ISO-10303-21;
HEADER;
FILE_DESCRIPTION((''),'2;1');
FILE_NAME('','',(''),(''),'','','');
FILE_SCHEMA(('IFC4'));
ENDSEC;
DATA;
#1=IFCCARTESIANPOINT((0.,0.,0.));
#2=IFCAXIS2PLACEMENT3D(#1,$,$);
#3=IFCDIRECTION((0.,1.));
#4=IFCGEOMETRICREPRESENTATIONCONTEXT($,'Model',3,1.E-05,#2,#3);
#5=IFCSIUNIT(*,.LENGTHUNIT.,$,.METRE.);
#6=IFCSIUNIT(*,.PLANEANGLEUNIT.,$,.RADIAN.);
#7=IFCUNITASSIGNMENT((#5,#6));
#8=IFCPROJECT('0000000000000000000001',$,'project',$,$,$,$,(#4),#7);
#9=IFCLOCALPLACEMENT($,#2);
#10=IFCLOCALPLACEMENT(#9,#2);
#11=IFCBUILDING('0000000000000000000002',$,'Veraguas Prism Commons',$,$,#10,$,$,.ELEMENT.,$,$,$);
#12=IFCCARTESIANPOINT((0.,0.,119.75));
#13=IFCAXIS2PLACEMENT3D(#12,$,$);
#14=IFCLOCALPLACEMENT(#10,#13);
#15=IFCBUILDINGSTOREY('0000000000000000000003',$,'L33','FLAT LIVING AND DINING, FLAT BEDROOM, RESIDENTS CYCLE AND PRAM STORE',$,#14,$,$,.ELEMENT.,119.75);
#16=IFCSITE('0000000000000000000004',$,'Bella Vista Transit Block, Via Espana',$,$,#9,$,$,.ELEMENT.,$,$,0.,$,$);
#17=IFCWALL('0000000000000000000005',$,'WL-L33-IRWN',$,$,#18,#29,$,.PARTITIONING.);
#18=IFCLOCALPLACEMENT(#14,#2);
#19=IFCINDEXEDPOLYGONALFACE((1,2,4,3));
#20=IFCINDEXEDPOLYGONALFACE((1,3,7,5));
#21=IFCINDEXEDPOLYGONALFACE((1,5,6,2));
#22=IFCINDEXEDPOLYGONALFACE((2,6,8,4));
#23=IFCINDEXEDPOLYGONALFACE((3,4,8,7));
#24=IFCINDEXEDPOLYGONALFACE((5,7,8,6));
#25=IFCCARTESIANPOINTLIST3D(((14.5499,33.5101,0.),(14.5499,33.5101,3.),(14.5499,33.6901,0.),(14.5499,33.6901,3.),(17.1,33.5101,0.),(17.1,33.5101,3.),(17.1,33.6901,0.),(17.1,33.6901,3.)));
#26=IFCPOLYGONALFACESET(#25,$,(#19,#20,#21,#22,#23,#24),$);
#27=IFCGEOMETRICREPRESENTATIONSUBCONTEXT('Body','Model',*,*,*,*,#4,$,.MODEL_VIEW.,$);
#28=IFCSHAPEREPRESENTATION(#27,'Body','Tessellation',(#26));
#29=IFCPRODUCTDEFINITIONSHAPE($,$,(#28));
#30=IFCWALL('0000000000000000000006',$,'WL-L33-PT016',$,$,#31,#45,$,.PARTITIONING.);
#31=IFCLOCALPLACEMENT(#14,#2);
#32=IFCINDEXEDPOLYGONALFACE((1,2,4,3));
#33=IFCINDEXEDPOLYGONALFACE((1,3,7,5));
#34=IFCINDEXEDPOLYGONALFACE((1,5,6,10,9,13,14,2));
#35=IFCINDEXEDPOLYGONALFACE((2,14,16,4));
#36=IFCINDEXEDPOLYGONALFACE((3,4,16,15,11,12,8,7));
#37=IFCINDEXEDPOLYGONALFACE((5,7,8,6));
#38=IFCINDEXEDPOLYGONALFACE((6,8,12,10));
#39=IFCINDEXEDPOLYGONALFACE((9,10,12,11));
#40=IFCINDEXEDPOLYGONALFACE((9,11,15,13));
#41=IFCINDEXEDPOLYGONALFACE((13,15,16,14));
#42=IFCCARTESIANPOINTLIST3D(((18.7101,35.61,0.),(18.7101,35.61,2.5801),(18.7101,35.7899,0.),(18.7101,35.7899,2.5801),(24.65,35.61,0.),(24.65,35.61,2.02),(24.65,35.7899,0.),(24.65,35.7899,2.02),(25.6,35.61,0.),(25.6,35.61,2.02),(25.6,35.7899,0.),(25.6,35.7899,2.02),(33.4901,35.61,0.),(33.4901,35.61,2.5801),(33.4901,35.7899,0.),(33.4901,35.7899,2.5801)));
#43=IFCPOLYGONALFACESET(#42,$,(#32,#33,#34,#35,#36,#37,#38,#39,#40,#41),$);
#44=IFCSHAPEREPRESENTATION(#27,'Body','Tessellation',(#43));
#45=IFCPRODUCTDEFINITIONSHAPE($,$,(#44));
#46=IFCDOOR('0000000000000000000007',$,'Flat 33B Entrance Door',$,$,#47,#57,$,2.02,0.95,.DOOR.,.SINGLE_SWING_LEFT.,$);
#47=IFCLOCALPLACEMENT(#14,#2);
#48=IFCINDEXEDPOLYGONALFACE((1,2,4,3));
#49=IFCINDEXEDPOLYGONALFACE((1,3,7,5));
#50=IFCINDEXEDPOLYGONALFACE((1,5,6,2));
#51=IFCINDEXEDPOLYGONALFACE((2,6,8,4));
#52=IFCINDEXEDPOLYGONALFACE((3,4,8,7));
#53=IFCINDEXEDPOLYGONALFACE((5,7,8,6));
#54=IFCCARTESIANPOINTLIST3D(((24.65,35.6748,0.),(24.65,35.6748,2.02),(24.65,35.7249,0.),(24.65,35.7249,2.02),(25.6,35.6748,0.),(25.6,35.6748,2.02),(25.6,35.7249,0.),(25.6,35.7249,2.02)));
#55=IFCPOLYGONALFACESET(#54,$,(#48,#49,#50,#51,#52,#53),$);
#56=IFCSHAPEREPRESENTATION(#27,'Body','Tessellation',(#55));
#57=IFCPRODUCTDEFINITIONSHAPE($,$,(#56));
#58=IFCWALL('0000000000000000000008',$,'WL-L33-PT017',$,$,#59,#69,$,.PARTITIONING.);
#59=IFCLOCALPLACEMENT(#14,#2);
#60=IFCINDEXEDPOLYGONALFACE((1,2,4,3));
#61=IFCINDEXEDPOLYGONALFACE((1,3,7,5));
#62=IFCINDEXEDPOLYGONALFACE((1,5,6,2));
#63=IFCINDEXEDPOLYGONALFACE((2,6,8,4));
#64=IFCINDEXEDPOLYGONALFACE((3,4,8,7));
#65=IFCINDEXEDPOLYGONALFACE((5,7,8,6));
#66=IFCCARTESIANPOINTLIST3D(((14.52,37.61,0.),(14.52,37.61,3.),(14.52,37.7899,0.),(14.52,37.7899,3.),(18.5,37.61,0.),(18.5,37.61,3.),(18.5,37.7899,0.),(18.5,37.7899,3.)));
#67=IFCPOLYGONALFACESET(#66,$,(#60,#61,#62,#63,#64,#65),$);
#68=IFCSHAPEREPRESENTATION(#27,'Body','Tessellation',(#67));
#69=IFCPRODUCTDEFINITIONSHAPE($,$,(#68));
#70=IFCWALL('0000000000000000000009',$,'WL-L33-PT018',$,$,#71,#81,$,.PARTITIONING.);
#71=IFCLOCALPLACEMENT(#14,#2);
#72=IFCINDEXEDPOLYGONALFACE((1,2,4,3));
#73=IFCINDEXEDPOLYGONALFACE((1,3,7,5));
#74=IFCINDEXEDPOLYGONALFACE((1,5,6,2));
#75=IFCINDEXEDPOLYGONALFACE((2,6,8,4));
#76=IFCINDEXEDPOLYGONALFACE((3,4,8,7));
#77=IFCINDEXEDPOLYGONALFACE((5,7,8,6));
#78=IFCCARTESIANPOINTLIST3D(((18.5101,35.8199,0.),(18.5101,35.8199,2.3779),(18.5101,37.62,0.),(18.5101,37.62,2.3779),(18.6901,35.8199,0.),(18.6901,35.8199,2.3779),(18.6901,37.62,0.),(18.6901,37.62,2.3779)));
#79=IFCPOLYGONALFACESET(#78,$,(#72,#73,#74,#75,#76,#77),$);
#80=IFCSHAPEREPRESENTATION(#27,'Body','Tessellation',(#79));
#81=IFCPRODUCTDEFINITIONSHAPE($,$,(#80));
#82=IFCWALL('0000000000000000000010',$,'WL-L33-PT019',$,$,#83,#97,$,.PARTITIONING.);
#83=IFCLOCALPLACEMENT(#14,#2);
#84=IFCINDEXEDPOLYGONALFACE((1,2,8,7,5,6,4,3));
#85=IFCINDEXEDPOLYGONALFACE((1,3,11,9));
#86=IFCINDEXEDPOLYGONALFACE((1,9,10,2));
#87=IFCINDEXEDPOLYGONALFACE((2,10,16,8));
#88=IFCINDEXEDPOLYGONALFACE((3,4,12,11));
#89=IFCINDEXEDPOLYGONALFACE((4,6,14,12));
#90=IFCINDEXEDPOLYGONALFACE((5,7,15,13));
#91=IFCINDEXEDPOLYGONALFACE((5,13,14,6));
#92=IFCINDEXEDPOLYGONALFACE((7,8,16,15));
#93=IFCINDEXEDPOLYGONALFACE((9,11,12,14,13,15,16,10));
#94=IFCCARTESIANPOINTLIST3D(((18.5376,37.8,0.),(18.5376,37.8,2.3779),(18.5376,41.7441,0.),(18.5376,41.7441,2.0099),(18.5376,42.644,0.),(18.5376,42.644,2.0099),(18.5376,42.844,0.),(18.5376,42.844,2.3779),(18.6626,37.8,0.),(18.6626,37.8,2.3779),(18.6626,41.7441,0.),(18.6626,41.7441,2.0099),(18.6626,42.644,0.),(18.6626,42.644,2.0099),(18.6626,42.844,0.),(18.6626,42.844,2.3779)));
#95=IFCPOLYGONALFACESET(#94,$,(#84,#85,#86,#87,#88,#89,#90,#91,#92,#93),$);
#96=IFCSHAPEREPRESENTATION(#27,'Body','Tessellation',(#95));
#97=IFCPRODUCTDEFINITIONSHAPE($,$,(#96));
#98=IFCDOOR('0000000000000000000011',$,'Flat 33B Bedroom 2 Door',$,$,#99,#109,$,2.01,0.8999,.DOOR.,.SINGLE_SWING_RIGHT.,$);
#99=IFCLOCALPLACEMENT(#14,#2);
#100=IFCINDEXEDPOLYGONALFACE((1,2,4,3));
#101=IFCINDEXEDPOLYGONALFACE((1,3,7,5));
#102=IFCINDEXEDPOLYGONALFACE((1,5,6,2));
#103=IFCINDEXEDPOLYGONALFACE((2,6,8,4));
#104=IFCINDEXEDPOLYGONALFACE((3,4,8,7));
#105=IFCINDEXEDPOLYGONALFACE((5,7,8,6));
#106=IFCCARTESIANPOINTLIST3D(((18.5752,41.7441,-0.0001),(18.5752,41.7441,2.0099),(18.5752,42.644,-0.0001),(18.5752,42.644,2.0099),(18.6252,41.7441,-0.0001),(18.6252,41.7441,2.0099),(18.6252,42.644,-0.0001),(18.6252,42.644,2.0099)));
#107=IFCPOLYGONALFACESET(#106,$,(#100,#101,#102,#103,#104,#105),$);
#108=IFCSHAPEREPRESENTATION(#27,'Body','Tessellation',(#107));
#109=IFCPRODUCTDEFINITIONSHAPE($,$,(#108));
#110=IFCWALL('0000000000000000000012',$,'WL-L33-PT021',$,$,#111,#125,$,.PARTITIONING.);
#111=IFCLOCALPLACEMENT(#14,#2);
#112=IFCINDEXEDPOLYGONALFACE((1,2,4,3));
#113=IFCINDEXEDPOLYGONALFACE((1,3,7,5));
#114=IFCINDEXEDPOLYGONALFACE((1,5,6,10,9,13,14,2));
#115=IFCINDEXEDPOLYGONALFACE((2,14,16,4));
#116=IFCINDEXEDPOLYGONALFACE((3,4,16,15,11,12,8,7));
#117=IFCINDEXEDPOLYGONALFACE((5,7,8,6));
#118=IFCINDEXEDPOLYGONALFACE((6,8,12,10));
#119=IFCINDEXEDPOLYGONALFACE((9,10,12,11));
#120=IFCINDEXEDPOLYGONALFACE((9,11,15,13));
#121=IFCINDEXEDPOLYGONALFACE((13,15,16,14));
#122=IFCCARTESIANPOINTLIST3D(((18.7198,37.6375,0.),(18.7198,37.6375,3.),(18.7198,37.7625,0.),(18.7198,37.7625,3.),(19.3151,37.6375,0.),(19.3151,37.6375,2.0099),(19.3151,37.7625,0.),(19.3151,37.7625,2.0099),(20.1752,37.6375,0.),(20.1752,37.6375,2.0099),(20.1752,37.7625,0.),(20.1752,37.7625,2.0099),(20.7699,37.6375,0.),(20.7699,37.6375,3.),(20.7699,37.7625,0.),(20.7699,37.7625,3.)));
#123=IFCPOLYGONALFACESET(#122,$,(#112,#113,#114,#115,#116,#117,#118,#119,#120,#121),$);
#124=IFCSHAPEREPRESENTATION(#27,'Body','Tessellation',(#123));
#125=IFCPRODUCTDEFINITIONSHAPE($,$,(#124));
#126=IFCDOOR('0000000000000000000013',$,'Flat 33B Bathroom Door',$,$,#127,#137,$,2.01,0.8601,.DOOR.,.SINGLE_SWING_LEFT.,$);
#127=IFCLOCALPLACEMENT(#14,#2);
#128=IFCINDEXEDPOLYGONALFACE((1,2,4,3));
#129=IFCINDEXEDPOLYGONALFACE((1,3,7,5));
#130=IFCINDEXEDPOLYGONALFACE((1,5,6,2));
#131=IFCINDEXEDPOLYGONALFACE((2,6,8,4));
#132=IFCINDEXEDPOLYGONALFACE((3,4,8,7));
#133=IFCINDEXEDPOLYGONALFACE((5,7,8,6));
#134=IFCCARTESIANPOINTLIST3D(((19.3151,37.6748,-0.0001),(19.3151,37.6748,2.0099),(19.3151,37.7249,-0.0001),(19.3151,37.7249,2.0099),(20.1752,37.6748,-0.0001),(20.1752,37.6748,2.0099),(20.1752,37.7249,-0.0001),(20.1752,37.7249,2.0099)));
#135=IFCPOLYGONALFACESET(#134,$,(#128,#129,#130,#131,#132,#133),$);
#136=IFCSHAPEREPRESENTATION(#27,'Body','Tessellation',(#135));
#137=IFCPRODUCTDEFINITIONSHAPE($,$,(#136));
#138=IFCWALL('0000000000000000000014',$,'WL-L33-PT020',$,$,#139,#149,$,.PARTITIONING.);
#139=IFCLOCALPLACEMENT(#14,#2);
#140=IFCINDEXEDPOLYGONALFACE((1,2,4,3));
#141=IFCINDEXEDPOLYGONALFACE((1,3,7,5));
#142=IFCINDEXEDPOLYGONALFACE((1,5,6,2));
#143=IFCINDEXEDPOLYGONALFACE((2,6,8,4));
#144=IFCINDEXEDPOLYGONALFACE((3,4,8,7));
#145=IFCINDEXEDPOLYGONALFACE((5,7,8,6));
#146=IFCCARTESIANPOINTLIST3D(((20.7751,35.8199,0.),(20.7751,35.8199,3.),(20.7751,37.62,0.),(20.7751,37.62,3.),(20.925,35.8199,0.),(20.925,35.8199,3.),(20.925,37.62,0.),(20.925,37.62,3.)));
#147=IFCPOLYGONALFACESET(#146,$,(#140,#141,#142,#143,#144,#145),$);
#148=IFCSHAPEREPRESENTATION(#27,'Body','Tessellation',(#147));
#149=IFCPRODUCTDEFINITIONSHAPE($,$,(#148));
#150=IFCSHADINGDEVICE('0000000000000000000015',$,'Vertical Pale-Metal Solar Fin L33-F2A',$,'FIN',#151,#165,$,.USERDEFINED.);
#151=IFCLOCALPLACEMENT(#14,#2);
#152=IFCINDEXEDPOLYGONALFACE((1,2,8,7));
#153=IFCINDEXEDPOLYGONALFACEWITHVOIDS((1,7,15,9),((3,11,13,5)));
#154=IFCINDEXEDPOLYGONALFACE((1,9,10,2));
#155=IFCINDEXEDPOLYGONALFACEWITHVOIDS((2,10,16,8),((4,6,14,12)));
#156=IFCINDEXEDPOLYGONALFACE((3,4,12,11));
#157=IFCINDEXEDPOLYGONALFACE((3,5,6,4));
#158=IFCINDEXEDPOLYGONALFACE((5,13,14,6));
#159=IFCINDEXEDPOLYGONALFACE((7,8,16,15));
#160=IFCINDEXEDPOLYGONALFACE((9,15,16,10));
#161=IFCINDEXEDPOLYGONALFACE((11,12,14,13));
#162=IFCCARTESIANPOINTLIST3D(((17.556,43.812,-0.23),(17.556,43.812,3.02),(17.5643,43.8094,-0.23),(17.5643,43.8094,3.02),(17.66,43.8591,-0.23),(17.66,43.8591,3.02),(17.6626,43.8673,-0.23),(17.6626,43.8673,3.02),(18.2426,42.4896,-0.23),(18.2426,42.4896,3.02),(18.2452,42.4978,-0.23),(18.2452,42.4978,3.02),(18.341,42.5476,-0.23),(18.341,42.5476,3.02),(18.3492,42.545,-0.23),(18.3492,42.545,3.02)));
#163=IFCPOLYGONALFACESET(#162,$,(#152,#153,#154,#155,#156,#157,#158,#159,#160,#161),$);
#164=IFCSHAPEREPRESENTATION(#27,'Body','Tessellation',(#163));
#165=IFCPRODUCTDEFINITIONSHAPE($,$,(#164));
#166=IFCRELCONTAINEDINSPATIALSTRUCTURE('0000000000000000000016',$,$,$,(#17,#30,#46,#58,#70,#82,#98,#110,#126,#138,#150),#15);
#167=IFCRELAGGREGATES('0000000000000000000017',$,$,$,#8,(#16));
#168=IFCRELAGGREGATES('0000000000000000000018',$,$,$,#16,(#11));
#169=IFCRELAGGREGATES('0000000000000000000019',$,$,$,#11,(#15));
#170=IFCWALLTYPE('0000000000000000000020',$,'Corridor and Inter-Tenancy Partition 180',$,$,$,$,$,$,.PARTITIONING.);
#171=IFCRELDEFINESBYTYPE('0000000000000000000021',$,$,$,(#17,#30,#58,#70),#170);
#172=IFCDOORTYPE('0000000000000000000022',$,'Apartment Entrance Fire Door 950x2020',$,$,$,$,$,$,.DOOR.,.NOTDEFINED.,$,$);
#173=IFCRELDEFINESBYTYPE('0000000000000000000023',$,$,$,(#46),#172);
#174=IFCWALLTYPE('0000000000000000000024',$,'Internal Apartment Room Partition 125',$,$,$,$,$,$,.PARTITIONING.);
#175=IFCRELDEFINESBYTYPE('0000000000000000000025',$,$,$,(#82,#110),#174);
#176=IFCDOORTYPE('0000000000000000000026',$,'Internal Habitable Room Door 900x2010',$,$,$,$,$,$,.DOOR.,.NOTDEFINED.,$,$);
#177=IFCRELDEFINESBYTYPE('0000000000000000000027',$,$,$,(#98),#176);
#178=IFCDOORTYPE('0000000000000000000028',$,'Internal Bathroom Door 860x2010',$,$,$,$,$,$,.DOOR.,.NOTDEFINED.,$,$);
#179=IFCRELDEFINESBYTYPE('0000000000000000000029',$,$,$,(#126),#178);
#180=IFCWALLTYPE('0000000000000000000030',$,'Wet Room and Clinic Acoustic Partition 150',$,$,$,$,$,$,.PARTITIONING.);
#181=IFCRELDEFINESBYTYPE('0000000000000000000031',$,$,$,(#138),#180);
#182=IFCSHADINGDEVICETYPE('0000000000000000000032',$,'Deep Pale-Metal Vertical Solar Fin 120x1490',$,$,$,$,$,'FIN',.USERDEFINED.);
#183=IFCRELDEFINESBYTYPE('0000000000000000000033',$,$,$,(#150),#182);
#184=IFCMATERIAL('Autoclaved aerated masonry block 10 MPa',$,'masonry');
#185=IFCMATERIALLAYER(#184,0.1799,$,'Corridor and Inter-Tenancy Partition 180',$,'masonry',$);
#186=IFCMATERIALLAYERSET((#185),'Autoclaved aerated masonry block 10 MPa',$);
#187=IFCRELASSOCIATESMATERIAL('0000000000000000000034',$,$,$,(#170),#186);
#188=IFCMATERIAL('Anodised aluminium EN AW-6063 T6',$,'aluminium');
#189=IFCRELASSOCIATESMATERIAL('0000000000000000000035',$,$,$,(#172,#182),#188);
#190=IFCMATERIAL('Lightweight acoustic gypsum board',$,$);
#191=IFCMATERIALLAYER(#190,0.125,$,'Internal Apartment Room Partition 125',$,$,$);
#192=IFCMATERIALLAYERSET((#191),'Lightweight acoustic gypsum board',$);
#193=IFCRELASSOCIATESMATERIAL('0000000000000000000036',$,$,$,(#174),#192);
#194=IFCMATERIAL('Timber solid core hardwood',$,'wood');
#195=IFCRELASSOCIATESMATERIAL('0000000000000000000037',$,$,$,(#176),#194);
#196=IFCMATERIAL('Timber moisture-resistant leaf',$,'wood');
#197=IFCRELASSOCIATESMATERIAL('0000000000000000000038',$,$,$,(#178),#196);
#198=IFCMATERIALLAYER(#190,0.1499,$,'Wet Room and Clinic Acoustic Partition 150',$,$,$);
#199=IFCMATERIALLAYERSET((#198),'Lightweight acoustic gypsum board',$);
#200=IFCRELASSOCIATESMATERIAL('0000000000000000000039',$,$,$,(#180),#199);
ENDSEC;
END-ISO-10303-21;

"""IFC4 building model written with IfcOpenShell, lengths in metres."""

from ifc_helpers import new_model, si_unit, direction, frame, frame_2d, origin, origin_2d, place, context, subcontext, project, spatial, rectangle, hollow_rectangle, extrude, source, transform, mapped, material, layer, layer_set, material_profile, profile_set, type_object, element, fill, save


model = new_model("IFC4")

# Units and contexts
model_context = context("Model", 3, precision=1e-05, world=origin(), true_north=direction((0.0, 1.0)))
body_context = subcontext(model_context, "Body", "Model", "MODEL_VIEW")
ifc_project = project(units=[si_unit("LENGTHUNIT", "METRE"), si_unit("PLANEANGLEUNIT", "RADIAN")], contexts=[model_context])

# Site, building, storey
site_placement = place(None, origin())
site = spatial("IfcSite", under=ifc_project, at=site_placement, Name="Bella Vista Transit Block, Via Espana", CompositionType="ELEMENT", RefElevation=0.0)
building_placement = place(site_placement, origin())
building = spatial("IfcBuilding", under=site, at=building_placement, Name="Veraguas Prism Commons", CompositionType="ELEMENT")
storey_placement = place(building_placement, frame((0.0, 0.0, 119.75)))
storey = spatial("IfcBuildingStorey", under=building, at=storey_placement, Name="L33", Description="FLAT LIVING AND DINING, FLAT BEDROOM, RESIDENTS CYCLE AND PRAM STORE", CompositionType="ELEMENT", Elevation=119.75)

# Shared definitions
ifc_material_1 = material(Name="Anodised aluminium EN AW-6063 T6", Category="aluminium")

# Wall
ifc_material_2 = material(Name="Autoclaved aerated masonry block 10 MPa", Category="masonry")
ifc_layer_1 = layer(ifc_material_2, 0.1799, Name="Corridor and Inter-Tenancy Partition 180", Category="masonry")
ifc_layer_set_1 = layer_set([ifc_layer_1], Name="Autoclaved aerated masonry block 10 MPa")
wall_type_1 = type_object("IfcWallType", Name="Corridor and Inter-Tenancy Partition 180", PredefinedType="PARTITIONING", material=ifc_layer_set_1)
wall_1_placement = place(storey_placement, frame((14.55, 33.6001, 0.0), z_axis=(0.0, 0.0, 1.0), x_axis=(1.0, 0.0, 0.0)))
element("IfcWall", 1, at=wall_1_placement, inside=storey, type_object=wall_type_1, Name="WL-L33-IRWN", PredefinedType="PARTITIONING", context=body_context, shape_type="SweptSolid", body=[
    extrude(rectangle(XDim=2.55, YDim=0.1799, at=frame_2d((1.2749, 0.0))), origin(), (0.0, 0.0, 1.0), 3.0),
])

# Wall, opening, door
wall_2_placement = place(storey_placement, frame((18.71, 35.7, 0.0), z_axis=(0.0, 0.0, 1.0), x_axis=(1.0, 0.0, 0.0)))
wall_2 = element("IfcWall", 2, at=wall_2_placement, inside=storey, type_object=wall_type_1, Name="WL-L33-PT016", PredefinedType="PARTITIONING", context=body_context, shape_type="SweptSolid", body=[
    extrude(rectangle(XDim=14.78, YDim=0.1799, at=frame_2d((7.3901, 0.0))), origin(), (0.0, 0.0, 1.0), 2.5801),
])
opening_1_placement = place(wall_2_placement, frame((5.9399, 0.0, 0.0)))
opening_1 = element("IfcOpeningElement", 3, at=opening_1_placement, cuts=wall_2, PredefinedType="OPENING", context=body_context, shape_type="SweptSolid", body=[
    extrude(rectangle(XDim=0.95, YDim=2.02, at=frame_2d((0.4751, 1.01))), frame((0.0, 0.0999, 0.0), z_axis=(0.0, -1.0, 0.0), x_axis=(1.0, 0.0, 0.0)), (0.0, 0.0, 1.0), 0.2),
])
door_type_1 = type_object("IfcDoorType", Name="Apartment Entrance Fire Door 950x2020", OperationType="NOTDEFINED", PredefinedType="DOOR", material=ifc_material_1)
shared_shape_1 = source(origin(), body_context, "Body", "SweptSolid", [
    extrude(rectangle(XDim=0.95, YDim=2.02, at=frame_2d((0.4751, 1.01))), frame((0.0, 0.0249, 0.0), z_axis=(0.0, -1.0, 0.0), x_axis=(1.0, 0.0, 0.0)), (0.0, 0.0, 1.0), 0.05),
])
door_1_placement = place(opening_1_placement, origin())
door_1 = element("IfcDoor", 4, at=door_1_placement, inside=storey, type_object=door_type_1, Name="Flat 33B Entrance Door", OperationType="SINGLE_SWING_LEFT", OverallHeight=2.02, OverallWidth=0.95, PredefinedType="DOOR", context=body_context, shape_type="MappedRepresentation", body=[
    mapped(shared_shape_1, transform((0.0, 0.0, 0.0), scale=1.0)),
])
fill(opening_1, door_1)

# Walls
wall_3_placement = place(storey_placement, frame((14.52, 37.7, 0.0), z_axis=(0.0, 0.0, 1.0), x_axis=(1.0, 0.0, 0.0)))
element("IfcWall", 5, at=wall_3_placement, inside=storey, type_object=wall_type_1, Name="WL-L33-PT017", PredefinedType="PARTITIONING", context=body_context, shape_type="SweptSolid", body=[
    extrude(rectangle(XDim=3.98, YDim=0.1799, at=frame_2d((1.99, 0.0))), origin(), (0.0, 0.0, 1.0), 3.0),
])
wall_4_placement = place(storey_placement, frame((18.6001, 35.8201, 0.0), z_axis=(0.0, 0.0, 1.0), x_axis=(0.0, 1.0, 0.0)))
element("IfcWall", 6, at=wall_4_placement, inside=storey, type_object=wall_type_1, Name="WL-L33-PT018", PredefinedType="PARTITIONING", context=body_context, shape_type="SweptSolid", body=[
    extrude(rectangle(XDim=1.8, YDim=0.1799, at=frame_2d((0.8999, 0.0))), origin(), (0.0, 0.0, 1.0), 2.3779),
])

# Walls, openings, doors
ifc_material_3 = material(Name="Lightweight acoustic gypsum board")
ifc_layer_2 = layer(ifc_material_3, 0.125, Name="Internal Apartment Room Partition 125")
ifc_layer_set_2 = layer_set([ifc_layer_2], Name="Lightweight acoustic gypsum board")
wall_type_2 = type_object("IfcWallType", Name="Internal Apartment Room Partition 125", PredefinedType="PARTITIONING", material=ifc_layer_set_2)
wall_5_placement = place(storey_placement, frame((18.6001, 37.8, 0.0), z_axis=(0.0, 0.0, 1.0), x_axis=(0.0, 1.0, 0.0)))
wall_5 = element("IfcWall", 7, at=wall_5_placement, inside=storey, type_object=wall_type_2, Name="WL-L33-PT019", PredefinedType="PARTITIONING", context=body_context, shape_type="SweptSolid", body=[
    extrude(rectangle(XDim=5.0439, YDim=0.125, at=frame_2d((2.522, 0.0))), origin(), (0.0, 0.0, 1.0), 2.3779),
])
opening_2_placement = place(wall_5_placement, frame((3.9441, 0.0, 0.0)))
opening_2 = element("IfcOpeningElement", 8, at=opening_2_placement, cuts=wall_5, PredefinedType="OPENING", context=body_context, shape_type="SweptSolid", body=[
    extrude(rectangle(XDim=0.8999, YDim=2.01, at=frame_2d((0.45, 1.0049))), frame((0.0, 0.0725, 0.0), z_axis=(0.0, -1.0, 0.0), x_axis=(1.0, 0.0, 0.0)), (0.0, 0.0, 1.0), 0.145),
])
ifc_material_4 = material(Name="Timber solid core hardwood", Category="wood")
door_type_2 = type_object("IfcDoorType", Name="Internal Habitable Room Door 900x2010", OperationType="NOTDEFINED", PredefinedType="DOOR", material=ifc_material_4)
shared_shape_2 = source(origin(), body_context, "Body", "SweptSolid", [
    extrude(rectangle(XDim=0.8999, YDim=2.01, at=frame_2d((0.45, 1.0049))), frame((0.0, 0.0249, 0.0), z_axis=(0.0, -1.0, 0.0), x_axis=(1.0, 0.0, 0.0)), (0.0, 0.0, 1.0), 0.05),
])
door_2_placement = place(opening_2_placement, origin())
door_2 = element("IfcDoor", 9, at=door_2_placement, inside=storey, type_object=door_type_2, Name="Flat 33B Bedroom 2 Door", OperationType="SINGLE_SWING_RIGHT", OverallHeight=2.01, OverallWidth=0.8999, PredefinedType="DOOR", context=body_context, shape_type="MappedRepresentation", body=[
    mapped(shared_shape_2, transform((0.0, 0.0, 0.0), scale=1.0)),
])
fill(opening_2, door_2)
wall_6_placement = place(storey_placement, frame((18.72, 37.7, 0.0), z_axis=(0.0, 0.0, 1.0), x_axis=(1.0, 0.0, 0.0)))
wall_6 = element("IfcWall", 10, at=wall_6_placement, inside=storey, type_object=wall_type_2, Name="WL-L33-PT021", PredefinedType="PARTITIONING", context=body_context, shape_type="SweptSolid", body=[
    extrude(rectangle(XDim=2.05, YDim=0.125, at=frame_2d((1.0249, 0.0))), origin(), (0.0, 0.0, 1.0), 3.0),
])
opening_3_placement = place(wall_6_placement, frame((0.595, 0.0, 0.0)))
opening_3 = element("IfcOpeningElement", 11, at=opening_3_placement, cuts=wall_6, PredefinedType="OPENING", context=body_context, shape_type="SweptSolid", body=[
    extrude(rectangle(XDim=0.8601, YDim=2.01, at=frame_2d((0.4302, 1.0049))), frame((0.0, 0.0725, 0.0), z_axis=(0.0, -1.0, 0.0), x_axis=(1.0, 0.0, 0.0)), (0.0, 0.0, 1.0), 0.145),
])
ifc_material_5 = material(Name="Timber moisture-resistant leaf", Category="wood")
door_type_3 = type_object("IfcDoorType", Name="Internal Bathroom Door 860x2010", OperationType="NOTDEFINED", PredefinedType="DOOR", material=ifc_material_5)
shared_shape_3 = source(origin(), body_context, "Body", "SweptSolid", [
    extrude(rectangle(XDim=0.8601, YDim=2.01, at=frame_2d((0.4302, 1.0049))), frame((0.0, 0.0249, 0.0), z_axis=(0.0, -1.0, 0.0), x_axis=(1.0, 0.0, 0.0)), (0.0, 0.0, 1.0), 0.05),
])
door_3_placement = place(opening_3_placement, origin())
door_3 = element("IfcDoor", 12, at=door_3_placement, inside=storey, type_object=door_type_3, Name="Flat 33B Bathroom Door", OperationType="SINGLE_SWING_LEFT", OverallHeight=2.01, OverallWidth=0.8601, PredefinedType="DOOR", context=body_context, shape_type="MappedRepresentation", body=[
    mapped(shared_shape_3, transform((0.0, 0.0, 0.0), scale=1.0)),
])
fill(opening_3, door_3)

# Wall
ifc_layer_3 = layer(ifc_material_3, 0.1499, Name="Wet Room and Clinic Acoustic Partition 150")
ifc_layer_set_3 = layer_set([ifc_layer_3], Name="Lightweight acoustic gypsum board")
wall_type_3 = type_object("IfcWallType", Name="Wet Room and Clinic Acoustic Partition 150", PredefinedType="PARTITIONING", material=ifc_layer_set_3)
wall_7_placement = place(storey_placement, frame((20.8501, 35.8201, 0.0), z_axis=(0.0, 0.0, 1.0), x_axis=(0.0, 1.0, 0.0)))
element("IfcWall", 13, at=wall_7_placement, inside=storey, type_object=wall_type_3, Name="WL-L33-PT020", PredefinedType="PARTITIONING", context=body_context, shape_type="SweptSolid", body=[
    extrude(rectangle(XDim=1.8, YDim=0.1499, at=frame_2d((0.8999, 0.0))), origin(), (0.0, 0.0, 1.0), 3.0),
])

# Shading device
ifc_material_profile_1 = material_profile(ifc_material_1, hollow_rectangle(XDim=0.1201, YDim=1.49, WallThickness=0.0061, at=origin_2d()), Name="FIN120X1490X6")
ifc_profile_set_1 = profile_set([ifc_material_profile_1], Name="Anodised aluminium EN AW-6063 T6")
shading_device_type = type_object("IfcShadingDeviceType", Name="Deep Pale-Metal Vertical Solar Fin 120x1490", ElementType="FIN", PredefinedType="USERDEFINED", material=ifc_profile_set_1)
shading_device_placement = place(storey_placement, frame((17.9526, 43.1785, -0.23), z_axis=(0.0, 0.0, 1.0), x_axis=(-0.887495, -0.460818, 0.0)))
element("IfcShadingDevice", 14, at=shading_device_placement, inside=storey, type_object=shading_device_type, Name="Vertical Pale-Metal Solar Fin L33-F2A", ObjectType="FIN", PredefinedType="USERDEFINED", context=body_context, shape_type="SweptSolid", body=[
    extrude(hollow_rectangle(XDim=0.1201, YDim=1.49, WallThickness=0.0061, at=origin_2d()), origin(), (0.0, 0.0, 1.0), 3.25),
])

save(model, "model.ifc")
